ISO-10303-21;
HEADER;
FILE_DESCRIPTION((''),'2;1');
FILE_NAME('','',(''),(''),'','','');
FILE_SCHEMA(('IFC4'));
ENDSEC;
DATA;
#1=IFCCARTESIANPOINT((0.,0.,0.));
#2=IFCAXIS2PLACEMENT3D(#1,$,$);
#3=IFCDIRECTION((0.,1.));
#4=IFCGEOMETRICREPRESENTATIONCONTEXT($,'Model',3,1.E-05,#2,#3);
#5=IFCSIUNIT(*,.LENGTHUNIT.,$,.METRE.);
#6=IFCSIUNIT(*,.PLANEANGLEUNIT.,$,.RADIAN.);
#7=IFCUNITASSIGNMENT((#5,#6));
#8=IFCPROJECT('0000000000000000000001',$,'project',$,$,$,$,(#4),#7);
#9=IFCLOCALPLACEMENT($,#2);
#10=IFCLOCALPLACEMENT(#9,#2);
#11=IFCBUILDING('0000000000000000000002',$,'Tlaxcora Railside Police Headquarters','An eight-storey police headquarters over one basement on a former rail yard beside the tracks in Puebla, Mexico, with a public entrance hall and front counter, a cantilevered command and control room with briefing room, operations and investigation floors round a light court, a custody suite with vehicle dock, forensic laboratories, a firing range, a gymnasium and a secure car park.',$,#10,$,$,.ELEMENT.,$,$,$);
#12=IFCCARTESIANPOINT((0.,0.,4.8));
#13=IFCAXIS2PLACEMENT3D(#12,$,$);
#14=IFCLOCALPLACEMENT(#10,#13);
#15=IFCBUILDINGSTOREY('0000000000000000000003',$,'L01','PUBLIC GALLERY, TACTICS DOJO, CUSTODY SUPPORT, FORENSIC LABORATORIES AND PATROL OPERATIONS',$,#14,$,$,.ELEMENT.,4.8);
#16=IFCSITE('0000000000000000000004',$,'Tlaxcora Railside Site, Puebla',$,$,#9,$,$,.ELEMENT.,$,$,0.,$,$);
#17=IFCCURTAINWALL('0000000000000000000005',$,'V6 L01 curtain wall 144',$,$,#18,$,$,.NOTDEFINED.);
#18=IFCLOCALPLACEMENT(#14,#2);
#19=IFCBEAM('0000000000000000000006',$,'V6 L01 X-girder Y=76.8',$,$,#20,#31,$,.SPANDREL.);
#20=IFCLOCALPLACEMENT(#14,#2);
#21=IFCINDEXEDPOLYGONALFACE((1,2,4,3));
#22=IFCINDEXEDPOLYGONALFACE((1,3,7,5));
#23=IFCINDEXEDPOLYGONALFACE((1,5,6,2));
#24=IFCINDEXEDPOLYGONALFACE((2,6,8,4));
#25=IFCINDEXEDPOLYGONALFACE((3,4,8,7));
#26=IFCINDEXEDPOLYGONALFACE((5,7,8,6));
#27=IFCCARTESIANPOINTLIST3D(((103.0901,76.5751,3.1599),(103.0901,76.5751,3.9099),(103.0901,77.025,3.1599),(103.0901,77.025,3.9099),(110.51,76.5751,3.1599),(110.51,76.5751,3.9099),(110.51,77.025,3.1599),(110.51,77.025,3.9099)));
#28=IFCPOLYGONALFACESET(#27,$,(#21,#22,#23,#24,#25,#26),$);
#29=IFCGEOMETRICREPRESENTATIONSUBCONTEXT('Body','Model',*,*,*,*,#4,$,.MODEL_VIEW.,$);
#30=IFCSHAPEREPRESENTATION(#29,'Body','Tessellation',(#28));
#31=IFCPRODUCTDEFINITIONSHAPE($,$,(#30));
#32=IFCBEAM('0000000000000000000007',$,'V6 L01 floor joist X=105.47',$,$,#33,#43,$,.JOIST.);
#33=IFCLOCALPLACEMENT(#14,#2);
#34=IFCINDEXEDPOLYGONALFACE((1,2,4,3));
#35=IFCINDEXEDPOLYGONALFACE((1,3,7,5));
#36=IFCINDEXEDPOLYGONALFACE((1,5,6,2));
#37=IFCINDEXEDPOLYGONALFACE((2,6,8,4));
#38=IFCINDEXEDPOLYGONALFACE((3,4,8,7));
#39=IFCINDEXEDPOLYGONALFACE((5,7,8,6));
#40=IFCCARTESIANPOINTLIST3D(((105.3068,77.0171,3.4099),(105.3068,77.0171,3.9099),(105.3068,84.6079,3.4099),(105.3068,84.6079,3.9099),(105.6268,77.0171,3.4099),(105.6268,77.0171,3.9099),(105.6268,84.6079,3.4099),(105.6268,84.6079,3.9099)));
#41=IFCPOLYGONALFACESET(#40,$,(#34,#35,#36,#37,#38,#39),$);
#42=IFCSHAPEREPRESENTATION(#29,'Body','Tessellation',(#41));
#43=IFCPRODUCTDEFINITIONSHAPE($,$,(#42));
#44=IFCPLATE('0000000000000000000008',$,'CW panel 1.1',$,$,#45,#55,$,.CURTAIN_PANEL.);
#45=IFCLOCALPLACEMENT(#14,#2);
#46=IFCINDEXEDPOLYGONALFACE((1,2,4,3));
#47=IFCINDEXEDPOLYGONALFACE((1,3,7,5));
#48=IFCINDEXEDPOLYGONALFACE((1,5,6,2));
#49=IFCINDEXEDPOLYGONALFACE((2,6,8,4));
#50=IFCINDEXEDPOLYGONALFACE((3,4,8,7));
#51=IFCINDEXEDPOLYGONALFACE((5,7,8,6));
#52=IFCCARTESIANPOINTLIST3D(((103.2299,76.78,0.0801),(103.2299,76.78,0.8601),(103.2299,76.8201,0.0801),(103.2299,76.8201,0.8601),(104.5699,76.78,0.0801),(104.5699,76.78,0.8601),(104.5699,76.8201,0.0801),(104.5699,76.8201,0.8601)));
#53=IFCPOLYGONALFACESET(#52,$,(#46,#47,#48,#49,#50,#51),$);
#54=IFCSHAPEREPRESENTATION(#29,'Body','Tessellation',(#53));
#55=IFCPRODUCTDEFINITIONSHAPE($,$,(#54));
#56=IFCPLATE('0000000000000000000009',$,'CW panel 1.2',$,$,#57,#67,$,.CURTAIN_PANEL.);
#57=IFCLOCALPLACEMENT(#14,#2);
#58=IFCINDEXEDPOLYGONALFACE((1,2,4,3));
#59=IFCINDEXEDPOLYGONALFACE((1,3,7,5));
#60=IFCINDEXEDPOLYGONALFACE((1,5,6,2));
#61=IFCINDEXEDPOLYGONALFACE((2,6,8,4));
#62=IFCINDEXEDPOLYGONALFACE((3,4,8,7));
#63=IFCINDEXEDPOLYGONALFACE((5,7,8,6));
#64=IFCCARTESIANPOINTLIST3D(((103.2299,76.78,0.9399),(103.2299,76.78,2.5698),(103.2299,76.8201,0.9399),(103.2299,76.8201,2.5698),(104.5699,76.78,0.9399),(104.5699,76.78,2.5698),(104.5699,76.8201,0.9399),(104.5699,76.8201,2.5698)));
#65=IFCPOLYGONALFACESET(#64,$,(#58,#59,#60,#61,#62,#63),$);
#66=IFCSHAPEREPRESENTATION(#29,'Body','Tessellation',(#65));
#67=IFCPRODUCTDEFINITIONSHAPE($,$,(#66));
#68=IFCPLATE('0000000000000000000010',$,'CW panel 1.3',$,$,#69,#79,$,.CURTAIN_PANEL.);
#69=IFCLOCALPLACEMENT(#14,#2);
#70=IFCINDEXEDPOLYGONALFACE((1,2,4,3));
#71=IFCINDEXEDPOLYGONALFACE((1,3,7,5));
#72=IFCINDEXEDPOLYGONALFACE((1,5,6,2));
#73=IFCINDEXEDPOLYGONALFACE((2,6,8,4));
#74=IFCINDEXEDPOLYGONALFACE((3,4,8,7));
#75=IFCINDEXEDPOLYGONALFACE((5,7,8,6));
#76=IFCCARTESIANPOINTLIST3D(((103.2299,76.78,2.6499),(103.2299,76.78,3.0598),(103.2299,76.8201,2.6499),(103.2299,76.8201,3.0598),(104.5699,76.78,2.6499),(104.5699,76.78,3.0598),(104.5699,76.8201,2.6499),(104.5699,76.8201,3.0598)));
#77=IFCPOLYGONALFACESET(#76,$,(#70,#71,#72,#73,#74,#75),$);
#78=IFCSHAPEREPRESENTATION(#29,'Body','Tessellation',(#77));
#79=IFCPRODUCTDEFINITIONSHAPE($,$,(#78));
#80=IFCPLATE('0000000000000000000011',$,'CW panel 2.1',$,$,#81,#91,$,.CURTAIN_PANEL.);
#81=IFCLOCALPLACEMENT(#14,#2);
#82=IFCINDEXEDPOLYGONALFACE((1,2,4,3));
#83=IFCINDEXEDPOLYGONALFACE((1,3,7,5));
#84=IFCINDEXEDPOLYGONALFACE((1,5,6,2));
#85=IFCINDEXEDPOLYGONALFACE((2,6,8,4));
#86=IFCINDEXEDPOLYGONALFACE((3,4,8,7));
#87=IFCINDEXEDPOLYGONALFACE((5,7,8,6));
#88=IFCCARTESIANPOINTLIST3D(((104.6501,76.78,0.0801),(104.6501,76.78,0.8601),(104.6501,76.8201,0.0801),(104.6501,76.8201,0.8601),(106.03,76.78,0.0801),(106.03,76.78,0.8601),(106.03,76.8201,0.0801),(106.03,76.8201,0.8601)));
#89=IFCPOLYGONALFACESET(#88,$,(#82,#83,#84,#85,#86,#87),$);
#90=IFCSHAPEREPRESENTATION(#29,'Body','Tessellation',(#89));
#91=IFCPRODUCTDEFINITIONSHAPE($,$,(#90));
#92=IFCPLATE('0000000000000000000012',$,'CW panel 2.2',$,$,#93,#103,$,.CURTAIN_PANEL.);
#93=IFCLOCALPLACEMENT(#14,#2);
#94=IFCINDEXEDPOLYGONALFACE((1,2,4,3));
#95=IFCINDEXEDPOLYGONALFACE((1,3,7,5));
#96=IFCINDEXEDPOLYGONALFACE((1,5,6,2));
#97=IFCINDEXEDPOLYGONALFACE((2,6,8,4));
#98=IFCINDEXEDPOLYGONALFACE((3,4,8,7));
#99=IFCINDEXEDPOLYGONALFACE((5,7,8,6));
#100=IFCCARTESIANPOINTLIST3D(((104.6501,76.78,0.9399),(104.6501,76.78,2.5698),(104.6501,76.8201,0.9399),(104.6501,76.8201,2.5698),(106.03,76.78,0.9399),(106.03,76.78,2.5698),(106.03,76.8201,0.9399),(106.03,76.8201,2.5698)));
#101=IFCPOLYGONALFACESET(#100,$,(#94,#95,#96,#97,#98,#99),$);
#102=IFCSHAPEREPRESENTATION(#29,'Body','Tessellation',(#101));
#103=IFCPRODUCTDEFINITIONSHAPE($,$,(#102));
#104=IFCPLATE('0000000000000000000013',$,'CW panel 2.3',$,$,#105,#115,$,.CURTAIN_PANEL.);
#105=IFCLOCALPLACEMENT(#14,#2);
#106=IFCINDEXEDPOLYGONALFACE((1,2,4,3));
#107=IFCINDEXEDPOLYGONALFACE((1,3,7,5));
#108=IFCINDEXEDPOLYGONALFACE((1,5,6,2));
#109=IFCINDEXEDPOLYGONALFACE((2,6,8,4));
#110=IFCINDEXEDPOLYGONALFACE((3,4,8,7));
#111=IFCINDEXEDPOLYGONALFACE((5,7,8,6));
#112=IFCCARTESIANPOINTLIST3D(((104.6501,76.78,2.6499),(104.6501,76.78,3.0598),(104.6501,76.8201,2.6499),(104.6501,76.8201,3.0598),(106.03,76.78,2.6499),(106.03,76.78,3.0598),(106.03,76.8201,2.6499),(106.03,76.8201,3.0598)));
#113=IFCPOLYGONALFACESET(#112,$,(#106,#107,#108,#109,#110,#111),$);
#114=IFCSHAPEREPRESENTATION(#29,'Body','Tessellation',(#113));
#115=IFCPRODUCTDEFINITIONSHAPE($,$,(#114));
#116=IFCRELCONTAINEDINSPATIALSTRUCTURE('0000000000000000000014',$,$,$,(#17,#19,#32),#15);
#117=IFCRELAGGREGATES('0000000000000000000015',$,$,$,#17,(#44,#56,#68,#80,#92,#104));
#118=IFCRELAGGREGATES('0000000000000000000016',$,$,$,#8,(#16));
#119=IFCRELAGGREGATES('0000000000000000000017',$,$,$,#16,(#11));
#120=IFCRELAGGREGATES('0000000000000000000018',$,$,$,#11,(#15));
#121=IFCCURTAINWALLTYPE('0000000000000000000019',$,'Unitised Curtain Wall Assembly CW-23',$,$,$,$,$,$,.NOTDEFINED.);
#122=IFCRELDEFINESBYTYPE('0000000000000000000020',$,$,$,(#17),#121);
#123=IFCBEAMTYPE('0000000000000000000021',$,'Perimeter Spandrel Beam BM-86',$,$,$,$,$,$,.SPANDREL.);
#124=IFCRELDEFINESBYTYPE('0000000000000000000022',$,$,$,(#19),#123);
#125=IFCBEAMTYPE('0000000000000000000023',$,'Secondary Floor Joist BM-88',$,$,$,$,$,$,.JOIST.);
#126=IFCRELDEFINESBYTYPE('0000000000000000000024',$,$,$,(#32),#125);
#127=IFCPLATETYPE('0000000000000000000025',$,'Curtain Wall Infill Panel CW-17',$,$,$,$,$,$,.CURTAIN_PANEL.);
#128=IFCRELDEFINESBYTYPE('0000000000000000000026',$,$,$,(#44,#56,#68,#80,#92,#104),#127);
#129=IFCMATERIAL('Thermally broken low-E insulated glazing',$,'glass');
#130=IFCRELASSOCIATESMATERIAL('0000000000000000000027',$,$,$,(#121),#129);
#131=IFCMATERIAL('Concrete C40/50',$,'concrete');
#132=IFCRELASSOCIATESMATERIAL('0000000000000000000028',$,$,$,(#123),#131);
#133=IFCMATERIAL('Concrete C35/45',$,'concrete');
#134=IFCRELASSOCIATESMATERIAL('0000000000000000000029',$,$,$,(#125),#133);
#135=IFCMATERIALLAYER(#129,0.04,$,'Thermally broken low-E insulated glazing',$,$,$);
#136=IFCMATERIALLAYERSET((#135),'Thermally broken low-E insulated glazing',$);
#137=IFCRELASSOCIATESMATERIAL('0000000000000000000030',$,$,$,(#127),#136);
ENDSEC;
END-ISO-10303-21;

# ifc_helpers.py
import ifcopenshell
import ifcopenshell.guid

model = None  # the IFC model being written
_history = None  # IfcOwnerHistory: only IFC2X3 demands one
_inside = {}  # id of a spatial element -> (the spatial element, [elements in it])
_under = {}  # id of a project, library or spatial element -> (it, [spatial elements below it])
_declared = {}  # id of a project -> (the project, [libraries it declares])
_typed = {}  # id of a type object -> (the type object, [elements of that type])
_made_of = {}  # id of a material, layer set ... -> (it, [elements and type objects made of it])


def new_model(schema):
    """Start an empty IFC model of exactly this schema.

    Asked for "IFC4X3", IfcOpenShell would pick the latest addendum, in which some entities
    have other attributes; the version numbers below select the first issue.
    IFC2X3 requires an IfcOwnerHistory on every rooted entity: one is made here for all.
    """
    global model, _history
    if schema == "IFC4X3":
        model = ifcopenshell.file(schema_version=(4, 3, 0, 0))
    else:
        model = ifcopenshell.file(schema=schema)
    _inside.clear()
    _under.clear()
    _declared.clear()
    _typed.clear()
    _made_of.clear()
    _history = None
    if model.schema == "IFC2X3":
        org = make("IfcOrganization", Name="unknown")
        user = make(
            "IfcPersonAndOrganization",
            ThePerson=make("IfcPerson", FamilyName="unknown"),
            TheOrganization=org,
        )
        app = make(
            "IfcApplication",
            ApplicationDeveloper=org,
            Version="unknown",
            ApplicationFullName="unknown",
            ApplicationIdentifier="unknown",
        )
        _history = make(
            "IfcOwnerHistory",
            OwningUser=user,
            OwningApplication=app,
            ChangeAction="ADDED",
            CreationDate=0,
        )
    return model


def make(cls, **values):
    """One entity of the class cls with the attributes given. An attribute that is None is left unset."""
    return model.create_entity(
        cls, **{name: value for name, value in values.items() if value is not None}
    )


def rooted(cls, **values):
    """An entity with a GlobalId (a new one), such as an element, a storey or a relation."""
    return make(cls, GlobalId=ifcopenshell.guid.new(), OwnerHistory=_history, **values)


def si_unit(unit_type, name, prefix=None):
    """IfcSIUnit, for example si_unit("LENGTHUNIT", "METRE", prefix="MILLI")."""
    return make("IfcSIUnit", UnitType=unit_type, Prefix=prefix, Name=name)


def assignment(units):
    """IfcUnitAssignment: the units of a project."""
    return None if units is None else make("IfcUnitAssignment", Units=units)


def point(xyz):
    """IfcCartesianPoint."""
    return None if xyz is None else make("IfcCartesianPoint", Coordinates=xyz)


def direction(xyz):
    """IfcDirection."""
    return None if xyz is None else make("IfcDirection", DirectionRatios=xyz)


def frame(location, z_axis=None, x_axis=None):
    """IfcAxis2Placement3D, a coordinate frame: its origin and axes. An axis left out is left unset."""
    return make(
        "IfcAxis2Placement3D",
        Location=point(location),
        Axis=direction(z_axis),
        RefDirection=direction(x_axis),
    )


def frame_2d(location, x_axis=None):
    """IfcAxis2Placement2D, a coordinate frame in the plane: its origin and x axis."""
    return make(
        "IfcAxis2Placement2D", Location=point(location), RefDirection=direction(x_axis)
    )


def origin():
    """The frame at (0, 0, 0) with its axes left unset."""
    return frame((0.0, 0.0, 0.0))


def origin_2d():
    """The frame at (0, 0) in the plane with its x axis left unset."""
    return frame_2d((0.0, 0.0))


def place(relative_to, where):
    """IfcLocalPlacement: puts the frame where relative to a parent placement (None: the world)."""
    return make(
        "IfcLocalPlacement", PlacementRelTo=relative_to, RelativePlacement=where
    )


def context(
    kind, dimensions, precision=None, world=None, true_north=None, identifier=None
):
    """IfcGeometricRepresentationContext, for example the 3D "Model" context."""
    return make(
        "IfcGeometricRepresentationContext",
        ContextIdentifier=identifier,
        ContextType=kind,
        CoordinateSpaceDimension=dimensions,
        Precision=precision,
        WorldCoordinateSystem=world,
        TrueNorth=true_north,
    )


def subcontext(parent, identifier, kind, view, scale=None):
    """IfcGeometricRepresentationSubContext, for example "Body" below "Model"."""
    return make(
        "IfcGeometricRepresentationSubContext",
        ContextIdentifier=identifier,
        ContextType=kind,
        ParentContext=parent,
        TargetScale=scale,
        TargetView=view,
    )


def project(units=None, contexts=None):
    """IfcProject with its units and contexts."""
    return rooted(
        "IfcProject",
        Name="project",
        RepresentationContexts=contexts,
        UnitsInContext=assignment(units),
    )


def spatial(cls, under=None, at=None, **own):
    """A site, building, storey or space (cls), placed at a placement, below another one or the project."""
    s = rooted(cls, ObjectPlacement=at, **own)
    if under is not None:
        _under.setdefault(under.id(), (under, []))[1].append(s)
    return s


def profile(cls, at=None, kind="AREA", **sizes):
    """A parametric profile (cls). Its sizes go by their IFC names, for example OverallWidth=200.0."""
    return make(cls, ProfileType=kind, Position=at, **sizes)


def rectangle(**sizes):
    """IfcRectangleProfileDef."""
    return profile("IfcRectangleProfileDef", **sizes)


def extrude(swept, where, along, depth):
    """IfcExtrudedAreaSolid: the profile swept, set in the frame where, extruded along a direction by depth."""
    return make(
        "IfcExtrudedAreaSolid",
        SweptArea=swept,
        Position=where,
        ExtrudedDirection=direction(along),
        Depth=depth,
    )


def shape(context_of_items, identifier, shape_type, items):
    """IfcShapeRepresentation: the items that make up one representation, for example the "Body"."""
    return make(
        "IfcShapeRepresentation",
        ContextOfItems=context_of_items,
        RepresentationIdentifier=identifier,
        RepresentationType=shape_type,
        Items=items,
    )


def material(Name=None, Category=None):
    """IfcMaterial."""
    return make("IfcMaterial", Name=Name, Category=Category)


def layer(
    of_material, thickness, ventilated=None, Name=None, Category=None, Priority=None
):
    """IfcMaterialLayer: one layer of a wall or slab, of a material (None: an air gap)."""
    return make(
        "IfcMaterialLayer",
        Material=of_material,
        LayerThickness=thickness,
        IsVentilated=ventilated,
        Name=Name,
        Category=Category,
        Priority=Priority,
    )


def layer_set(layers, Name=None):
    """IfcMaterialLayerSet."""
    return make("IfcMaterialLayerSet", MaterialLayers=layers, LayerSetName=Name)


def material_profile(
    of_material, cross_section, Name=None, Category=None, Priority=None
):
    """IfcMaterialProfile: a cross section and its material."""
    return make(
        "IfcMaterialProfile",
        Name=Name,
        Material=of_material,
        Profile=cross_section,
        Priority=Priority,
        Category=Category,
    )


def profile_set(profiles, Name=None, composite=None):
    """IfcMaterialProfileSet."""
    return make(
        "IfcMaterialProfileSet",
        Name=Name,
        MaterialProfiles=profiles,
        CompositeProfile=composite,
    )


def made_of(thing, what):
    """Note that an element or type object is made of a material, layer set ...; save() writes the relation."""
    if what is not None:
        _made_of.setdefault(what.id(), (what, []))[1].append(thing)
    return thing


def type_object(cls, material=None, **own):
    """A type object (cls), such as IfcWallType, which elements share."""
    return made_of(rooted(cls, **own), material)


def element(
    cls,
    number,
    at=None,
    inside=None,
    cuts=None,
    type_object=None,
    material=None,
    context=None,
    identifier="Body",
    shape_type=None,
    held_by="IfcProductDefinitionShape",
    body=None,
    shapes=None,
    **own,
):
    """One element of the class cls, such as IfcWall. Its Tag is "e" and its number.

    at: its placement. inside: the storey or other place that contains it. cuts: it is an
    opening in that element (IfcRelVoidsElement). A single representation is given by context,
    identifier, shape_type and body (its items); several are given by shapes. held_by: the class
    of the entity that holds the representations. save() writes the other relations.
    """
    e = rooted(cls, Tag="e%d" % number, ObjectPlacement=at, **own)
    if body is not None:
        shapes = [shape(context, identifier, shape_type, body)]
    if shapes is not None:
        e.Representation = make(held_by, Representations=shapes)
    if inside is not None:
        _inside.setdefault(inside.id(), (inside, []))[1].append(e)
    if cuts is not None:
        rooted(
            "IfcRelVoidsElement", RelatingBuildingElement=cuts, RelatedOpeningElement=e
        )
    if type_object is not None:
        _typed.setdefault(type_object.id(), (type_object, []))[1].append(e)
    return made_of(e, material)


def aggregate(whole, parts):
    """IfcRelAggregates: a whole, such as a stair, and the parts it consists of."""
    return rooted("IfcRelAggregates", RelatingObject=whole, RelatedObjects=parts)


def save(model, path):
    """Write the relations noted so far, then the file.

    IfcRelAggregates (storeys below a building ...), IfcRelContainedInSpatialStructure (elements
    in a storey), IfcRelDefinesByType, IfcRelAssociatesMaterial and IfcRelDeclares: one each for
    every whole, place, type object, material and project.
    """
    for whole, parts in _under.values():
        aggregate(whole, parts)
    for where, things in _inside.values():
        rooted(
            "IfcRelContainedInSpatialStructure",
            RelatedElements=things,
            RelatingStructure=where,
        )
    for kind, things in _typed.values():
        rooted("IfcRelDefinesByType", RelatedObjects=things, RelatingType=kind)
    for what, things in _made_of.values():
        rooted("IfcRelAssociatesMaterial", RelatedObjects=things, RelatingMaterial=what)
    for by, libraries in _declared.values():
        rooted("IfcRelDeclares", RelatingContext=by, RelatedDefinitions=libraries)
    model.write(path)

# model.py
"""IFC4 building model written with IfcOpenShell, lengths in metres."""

from ifc_helpers import new_model, si_unit, direction, frame, origin, origin_2d, place, context, subcontext, project, spatial, rectangle, extrude, material, layer, layer_set, material_profile, profile_set, type_object, element, aggregate, save


model = new_model("IFC4")

# Units and contexts
model_context = context("Model", 3, precision=1e-05, world=origin(), true_north=direction((0.0, 1.0)))
body_context = subcontext(model_context, "Body", "Model", "MODEL_VIEW")
ifc_project = project(units=[si_unit("LENGTHUNIT", "METRE"), si_unit("PLANEANGLEUNIT", "RADIAN")], contexts=[model_context])

# Site, building, storey
site_placement = place(None, origin())
site = spatial("IfcSite", under=ifc_project, at=site_placement, Name="Tlaxcora Railside Site, Puebla", CompositionType="ELEMENT", RefElevation=0.0)
building_placement = place(site_placement, origin())
building = spatial("IfcBuilding", under=site, at=building_placement, Name="Tlaxcora Railside Police Headquarters", Description="An eight-storey police headquarters over one basement on a former rail yard beside the tracks in Puebla, Mexico, with a public entrance hall and front counter, a cantilevered command and control room with briefing room, operations and investigation floors round a light court, a custody suite with vehicle dock, forensic laboratories, a firing range, a gymnasium and a secure car park.", CompositionType="ELEMENT")
storey_placement = place(building_placement, frame((0.0, 0.0, 4.8)))
storey = spatial("IfcBuildingStorey", under=building, at=storey_placement, Name="L01", Description="PUBLIC GALLERY, TACTICS DOJO, CUSTODY SUPPORT, FORENSIC LABORATORIES AND PATROL OPERATIONS", CompositionType="ELEMENT", Elevation=4.8)

# Curtain wall
ifc_material_1 = material(Name="Thermally broken low-E insulated glazing", Category="glass")
curtain_wall_type = type_object("IfcCurtainWallType", Name="Unitised Curtain Wall Assembly CW-23", PredefinedType="NOTDEFINED", material=ifc_material_1)
curtain_wall_placement = place(storey_placement, origin())
curtain_wall = element("IfcCurtainWall", 1, at=curtain_wall_placement, inside=storey, type_object=curtain_wall_type, Name="V6 L01 curtain wall 144", PredefinedType="NOTDEFINED")

# Beams
ifc_material_2 = material(Name="Concrete C40/50", Category="concrete")
ifc_material_profile_1 = material_profile(ifc_material_2, rectangle(XDim=0.45, YDim=0.75, at=origin_2d()), Name="RC450X750")
ifc_profile_set_1 = profile_set([ifc_material_profile_1], Name="Concrete C40/50")
beam_type_1 = type_object("IfcBeamType", Name="Perimeter Spandrel Beam BM-86", PredefinedType="SPANDREL", material=ifc_profile_set_1)
beam_1_placement = place(storey_placement, frame((103.0901, 76.8, 3.5349), z_axis=(1.0, 0.0, 0.0), x_axis=(0.0, 1.0, 0.0)))
element("IfcBeam", 2, at=beam_1_placement, inside=storey, type_object=beam_type_1, Name="V6 L01 X-girder Y=76.8", PredefinedType="SPANDREL", context=body_context, shape_type="SweptSolid", body=[
    extrude(rectangle(XDim=0.45, YDim=0.75, at=origin_2d()), origin(), (0.0, 0.0, 1.0), 7.4199),
])
ifc_material_3 = material(Name="Concrete C35/45", Category="concrete")
ifc_material_profile_2 = material_profile(ifc_material_3, rectangle(XDim=0.3201, YDim=0.5, at=origin_2d()), Name="RC320X500")
ifc_profile_set_2 = profile_set([ifc_material_profile_2], Name="Concrete C35/45")
beam_type_2 = type_object("IfcBeamType", Name="Secondary Floor Joist BM-88", PredefinedType="JOIST", material=ifc_profile_set_2)
beam_2_placement = place(storey_placement, frame((105.4668, 77.0171, 3.6599), z_axis=(0.0, 1.0, 0.0), x_axis=(-1.0, 0.0, 0.0)))
element("IfcBeam", 3, at=beam_2_placement, inside=storey, type_object=beam_type_2, Name="V6 L01 floor joist X=105.47", PredefinedType="JOIST", context=body_context, shape_type="SweptSolid", body=[
    extrude(rectangle(XDim=0.3201, YDim=0.5, at=origin_2d()), origin(), (0.0, 0.0, 1.0), 7.5908),
])

# Plates
ifc_layer = layer(ifc_material_1, 0.04, Name="Thermally broken low-E insulated glazing")
ifc_layer_set = layer_set([ifc_layer], Name="Thermally broken low-E insulated glazing")
plate_type = type_object("IfcPlateType", Name="Curtain Wall Infill Panel CW-17", PredefinedType="CURTAIN_PANEL", material=ifc_layer_set)
plate_1_placement = place(storey_placement, frame((103.8999, 76.8, 0.0801), z_axis=(0.0, 0.0, 1.0), x_axis=(1.0, 0.0, 0.0)))
plate_1 = element("IfcPlate", 4, at=plate_1_placement, type_object=plate_type, Name="CW panel 1.1", PredefinedType="CURTAIN_PANEL", context=body_context, shape_type="SweptSolid", body=[
    extrude(rectangle(XDim=1.3401, YDim=0.04, at=origin_2d()), origin(), (0.0, 0.0, 1.0), 0.78),
])
plate_2_placement = place(storey_placement, frame((103.8999, 76.8, 0.9399), z_axis=(0.0, 0.0, 1.0), x_axis=(1.0, 0.0, 0.0)))
plate_2 = element("IfcPlate", 5, at=plate_2_placement, type_object=plate_type, Name="CW panel 1.2", PredefinedType="CURTAIN_PANEL", context=body_context, shape_type="SweptSolid", body=[
    extrude(rectangle(XDim=1.3401, YDim=0.04, at=origin_2d()), origin(), (0.0, 0.0, 1.0), 1.6299),
])
plate_3_placement = place(storey_placement, frame((103.8999, 76.8, 2.6499), z_axis=(0.0, 0.0, 1.0), x_axis=(1.0, 0.0, 0.0)))
plate_3 = element("IfcPlate", 6, at=plate_3_placement, type_object=plate_type, Name="CW panel 1.3", PredefinedType="CURTAIN_PANEL", context=body_context, shape_type="SweptSolid", body=[
    extrude(rectangle(XDim=1.3401, YDim=0.04, at=origin_2d()), origin(), (0.0, 0.0, 1.0), 0.4099),
])
plate_4_placement = place(storey_placement, frame((105.3401, 76.8, 0.0801), z_axis=(0.0, 0.0, 1.0), x_axis=(1.0, 0.0, 0.0)))
plate_4 = element("IfcPlate", 7, at=plate_4_placement, type_object=plate_type, Name="CW panel 2.1", PredefinedType="CURTAIN_PANEL", context=body_context, shape_type="SweptSolid", body=[
    extrude(rectangle(XDim=1.3799, YDim=0.04, at=origin_2d()), origin(), (0.0, 0.0, 1.0), 0.78),
])
plate_5_placement = place(storey_placement, frame((105.3401, 76.8, 0.9399), z_axis=(0.0, 0.0, 1.0), x_axis=(1.0, 0.0, 0.0)))
plate_5 = element("IfcPlate", 8, at=plate_5_placement, type_object=plate_type, Name="CW panel 2.2", PredefinedType="CURTAIN_PANEL", context=body_context, shape_type="SweptSolid", body=[
    extrude(rectangle(XDim=1.3799, YDim=0.04, at=origin_2d()), origin(), (0.0, 0.0, 1.0), 1.6299),
])
plate_6_placement = place(storey_placement, frame((105.3401, 76.8, 2.6499), z_axis=(0.0, 0.0, 1.0), x_axis=(1.0, 0.0, 0.0)))
plate_6 = element("IfcPlate", 9, at=plate_6_placement, type_object=plate_type, Name="CW panel 2.3", PredefinedType="CURTAIN_PANEL", context=body_context, shape_type="SweptSolid", body=[
    extrude(rectangle(XDim=1.3799, YDim=0.04, at=origin_2d()), origin(), (0.0, 0.0, 1.0), 0.4099),
])
aggregate(curtain_wall, [plate_1, plate_2, plate_3, plate_4, plate_5, plate_6])

save(model, "model.ifc")
